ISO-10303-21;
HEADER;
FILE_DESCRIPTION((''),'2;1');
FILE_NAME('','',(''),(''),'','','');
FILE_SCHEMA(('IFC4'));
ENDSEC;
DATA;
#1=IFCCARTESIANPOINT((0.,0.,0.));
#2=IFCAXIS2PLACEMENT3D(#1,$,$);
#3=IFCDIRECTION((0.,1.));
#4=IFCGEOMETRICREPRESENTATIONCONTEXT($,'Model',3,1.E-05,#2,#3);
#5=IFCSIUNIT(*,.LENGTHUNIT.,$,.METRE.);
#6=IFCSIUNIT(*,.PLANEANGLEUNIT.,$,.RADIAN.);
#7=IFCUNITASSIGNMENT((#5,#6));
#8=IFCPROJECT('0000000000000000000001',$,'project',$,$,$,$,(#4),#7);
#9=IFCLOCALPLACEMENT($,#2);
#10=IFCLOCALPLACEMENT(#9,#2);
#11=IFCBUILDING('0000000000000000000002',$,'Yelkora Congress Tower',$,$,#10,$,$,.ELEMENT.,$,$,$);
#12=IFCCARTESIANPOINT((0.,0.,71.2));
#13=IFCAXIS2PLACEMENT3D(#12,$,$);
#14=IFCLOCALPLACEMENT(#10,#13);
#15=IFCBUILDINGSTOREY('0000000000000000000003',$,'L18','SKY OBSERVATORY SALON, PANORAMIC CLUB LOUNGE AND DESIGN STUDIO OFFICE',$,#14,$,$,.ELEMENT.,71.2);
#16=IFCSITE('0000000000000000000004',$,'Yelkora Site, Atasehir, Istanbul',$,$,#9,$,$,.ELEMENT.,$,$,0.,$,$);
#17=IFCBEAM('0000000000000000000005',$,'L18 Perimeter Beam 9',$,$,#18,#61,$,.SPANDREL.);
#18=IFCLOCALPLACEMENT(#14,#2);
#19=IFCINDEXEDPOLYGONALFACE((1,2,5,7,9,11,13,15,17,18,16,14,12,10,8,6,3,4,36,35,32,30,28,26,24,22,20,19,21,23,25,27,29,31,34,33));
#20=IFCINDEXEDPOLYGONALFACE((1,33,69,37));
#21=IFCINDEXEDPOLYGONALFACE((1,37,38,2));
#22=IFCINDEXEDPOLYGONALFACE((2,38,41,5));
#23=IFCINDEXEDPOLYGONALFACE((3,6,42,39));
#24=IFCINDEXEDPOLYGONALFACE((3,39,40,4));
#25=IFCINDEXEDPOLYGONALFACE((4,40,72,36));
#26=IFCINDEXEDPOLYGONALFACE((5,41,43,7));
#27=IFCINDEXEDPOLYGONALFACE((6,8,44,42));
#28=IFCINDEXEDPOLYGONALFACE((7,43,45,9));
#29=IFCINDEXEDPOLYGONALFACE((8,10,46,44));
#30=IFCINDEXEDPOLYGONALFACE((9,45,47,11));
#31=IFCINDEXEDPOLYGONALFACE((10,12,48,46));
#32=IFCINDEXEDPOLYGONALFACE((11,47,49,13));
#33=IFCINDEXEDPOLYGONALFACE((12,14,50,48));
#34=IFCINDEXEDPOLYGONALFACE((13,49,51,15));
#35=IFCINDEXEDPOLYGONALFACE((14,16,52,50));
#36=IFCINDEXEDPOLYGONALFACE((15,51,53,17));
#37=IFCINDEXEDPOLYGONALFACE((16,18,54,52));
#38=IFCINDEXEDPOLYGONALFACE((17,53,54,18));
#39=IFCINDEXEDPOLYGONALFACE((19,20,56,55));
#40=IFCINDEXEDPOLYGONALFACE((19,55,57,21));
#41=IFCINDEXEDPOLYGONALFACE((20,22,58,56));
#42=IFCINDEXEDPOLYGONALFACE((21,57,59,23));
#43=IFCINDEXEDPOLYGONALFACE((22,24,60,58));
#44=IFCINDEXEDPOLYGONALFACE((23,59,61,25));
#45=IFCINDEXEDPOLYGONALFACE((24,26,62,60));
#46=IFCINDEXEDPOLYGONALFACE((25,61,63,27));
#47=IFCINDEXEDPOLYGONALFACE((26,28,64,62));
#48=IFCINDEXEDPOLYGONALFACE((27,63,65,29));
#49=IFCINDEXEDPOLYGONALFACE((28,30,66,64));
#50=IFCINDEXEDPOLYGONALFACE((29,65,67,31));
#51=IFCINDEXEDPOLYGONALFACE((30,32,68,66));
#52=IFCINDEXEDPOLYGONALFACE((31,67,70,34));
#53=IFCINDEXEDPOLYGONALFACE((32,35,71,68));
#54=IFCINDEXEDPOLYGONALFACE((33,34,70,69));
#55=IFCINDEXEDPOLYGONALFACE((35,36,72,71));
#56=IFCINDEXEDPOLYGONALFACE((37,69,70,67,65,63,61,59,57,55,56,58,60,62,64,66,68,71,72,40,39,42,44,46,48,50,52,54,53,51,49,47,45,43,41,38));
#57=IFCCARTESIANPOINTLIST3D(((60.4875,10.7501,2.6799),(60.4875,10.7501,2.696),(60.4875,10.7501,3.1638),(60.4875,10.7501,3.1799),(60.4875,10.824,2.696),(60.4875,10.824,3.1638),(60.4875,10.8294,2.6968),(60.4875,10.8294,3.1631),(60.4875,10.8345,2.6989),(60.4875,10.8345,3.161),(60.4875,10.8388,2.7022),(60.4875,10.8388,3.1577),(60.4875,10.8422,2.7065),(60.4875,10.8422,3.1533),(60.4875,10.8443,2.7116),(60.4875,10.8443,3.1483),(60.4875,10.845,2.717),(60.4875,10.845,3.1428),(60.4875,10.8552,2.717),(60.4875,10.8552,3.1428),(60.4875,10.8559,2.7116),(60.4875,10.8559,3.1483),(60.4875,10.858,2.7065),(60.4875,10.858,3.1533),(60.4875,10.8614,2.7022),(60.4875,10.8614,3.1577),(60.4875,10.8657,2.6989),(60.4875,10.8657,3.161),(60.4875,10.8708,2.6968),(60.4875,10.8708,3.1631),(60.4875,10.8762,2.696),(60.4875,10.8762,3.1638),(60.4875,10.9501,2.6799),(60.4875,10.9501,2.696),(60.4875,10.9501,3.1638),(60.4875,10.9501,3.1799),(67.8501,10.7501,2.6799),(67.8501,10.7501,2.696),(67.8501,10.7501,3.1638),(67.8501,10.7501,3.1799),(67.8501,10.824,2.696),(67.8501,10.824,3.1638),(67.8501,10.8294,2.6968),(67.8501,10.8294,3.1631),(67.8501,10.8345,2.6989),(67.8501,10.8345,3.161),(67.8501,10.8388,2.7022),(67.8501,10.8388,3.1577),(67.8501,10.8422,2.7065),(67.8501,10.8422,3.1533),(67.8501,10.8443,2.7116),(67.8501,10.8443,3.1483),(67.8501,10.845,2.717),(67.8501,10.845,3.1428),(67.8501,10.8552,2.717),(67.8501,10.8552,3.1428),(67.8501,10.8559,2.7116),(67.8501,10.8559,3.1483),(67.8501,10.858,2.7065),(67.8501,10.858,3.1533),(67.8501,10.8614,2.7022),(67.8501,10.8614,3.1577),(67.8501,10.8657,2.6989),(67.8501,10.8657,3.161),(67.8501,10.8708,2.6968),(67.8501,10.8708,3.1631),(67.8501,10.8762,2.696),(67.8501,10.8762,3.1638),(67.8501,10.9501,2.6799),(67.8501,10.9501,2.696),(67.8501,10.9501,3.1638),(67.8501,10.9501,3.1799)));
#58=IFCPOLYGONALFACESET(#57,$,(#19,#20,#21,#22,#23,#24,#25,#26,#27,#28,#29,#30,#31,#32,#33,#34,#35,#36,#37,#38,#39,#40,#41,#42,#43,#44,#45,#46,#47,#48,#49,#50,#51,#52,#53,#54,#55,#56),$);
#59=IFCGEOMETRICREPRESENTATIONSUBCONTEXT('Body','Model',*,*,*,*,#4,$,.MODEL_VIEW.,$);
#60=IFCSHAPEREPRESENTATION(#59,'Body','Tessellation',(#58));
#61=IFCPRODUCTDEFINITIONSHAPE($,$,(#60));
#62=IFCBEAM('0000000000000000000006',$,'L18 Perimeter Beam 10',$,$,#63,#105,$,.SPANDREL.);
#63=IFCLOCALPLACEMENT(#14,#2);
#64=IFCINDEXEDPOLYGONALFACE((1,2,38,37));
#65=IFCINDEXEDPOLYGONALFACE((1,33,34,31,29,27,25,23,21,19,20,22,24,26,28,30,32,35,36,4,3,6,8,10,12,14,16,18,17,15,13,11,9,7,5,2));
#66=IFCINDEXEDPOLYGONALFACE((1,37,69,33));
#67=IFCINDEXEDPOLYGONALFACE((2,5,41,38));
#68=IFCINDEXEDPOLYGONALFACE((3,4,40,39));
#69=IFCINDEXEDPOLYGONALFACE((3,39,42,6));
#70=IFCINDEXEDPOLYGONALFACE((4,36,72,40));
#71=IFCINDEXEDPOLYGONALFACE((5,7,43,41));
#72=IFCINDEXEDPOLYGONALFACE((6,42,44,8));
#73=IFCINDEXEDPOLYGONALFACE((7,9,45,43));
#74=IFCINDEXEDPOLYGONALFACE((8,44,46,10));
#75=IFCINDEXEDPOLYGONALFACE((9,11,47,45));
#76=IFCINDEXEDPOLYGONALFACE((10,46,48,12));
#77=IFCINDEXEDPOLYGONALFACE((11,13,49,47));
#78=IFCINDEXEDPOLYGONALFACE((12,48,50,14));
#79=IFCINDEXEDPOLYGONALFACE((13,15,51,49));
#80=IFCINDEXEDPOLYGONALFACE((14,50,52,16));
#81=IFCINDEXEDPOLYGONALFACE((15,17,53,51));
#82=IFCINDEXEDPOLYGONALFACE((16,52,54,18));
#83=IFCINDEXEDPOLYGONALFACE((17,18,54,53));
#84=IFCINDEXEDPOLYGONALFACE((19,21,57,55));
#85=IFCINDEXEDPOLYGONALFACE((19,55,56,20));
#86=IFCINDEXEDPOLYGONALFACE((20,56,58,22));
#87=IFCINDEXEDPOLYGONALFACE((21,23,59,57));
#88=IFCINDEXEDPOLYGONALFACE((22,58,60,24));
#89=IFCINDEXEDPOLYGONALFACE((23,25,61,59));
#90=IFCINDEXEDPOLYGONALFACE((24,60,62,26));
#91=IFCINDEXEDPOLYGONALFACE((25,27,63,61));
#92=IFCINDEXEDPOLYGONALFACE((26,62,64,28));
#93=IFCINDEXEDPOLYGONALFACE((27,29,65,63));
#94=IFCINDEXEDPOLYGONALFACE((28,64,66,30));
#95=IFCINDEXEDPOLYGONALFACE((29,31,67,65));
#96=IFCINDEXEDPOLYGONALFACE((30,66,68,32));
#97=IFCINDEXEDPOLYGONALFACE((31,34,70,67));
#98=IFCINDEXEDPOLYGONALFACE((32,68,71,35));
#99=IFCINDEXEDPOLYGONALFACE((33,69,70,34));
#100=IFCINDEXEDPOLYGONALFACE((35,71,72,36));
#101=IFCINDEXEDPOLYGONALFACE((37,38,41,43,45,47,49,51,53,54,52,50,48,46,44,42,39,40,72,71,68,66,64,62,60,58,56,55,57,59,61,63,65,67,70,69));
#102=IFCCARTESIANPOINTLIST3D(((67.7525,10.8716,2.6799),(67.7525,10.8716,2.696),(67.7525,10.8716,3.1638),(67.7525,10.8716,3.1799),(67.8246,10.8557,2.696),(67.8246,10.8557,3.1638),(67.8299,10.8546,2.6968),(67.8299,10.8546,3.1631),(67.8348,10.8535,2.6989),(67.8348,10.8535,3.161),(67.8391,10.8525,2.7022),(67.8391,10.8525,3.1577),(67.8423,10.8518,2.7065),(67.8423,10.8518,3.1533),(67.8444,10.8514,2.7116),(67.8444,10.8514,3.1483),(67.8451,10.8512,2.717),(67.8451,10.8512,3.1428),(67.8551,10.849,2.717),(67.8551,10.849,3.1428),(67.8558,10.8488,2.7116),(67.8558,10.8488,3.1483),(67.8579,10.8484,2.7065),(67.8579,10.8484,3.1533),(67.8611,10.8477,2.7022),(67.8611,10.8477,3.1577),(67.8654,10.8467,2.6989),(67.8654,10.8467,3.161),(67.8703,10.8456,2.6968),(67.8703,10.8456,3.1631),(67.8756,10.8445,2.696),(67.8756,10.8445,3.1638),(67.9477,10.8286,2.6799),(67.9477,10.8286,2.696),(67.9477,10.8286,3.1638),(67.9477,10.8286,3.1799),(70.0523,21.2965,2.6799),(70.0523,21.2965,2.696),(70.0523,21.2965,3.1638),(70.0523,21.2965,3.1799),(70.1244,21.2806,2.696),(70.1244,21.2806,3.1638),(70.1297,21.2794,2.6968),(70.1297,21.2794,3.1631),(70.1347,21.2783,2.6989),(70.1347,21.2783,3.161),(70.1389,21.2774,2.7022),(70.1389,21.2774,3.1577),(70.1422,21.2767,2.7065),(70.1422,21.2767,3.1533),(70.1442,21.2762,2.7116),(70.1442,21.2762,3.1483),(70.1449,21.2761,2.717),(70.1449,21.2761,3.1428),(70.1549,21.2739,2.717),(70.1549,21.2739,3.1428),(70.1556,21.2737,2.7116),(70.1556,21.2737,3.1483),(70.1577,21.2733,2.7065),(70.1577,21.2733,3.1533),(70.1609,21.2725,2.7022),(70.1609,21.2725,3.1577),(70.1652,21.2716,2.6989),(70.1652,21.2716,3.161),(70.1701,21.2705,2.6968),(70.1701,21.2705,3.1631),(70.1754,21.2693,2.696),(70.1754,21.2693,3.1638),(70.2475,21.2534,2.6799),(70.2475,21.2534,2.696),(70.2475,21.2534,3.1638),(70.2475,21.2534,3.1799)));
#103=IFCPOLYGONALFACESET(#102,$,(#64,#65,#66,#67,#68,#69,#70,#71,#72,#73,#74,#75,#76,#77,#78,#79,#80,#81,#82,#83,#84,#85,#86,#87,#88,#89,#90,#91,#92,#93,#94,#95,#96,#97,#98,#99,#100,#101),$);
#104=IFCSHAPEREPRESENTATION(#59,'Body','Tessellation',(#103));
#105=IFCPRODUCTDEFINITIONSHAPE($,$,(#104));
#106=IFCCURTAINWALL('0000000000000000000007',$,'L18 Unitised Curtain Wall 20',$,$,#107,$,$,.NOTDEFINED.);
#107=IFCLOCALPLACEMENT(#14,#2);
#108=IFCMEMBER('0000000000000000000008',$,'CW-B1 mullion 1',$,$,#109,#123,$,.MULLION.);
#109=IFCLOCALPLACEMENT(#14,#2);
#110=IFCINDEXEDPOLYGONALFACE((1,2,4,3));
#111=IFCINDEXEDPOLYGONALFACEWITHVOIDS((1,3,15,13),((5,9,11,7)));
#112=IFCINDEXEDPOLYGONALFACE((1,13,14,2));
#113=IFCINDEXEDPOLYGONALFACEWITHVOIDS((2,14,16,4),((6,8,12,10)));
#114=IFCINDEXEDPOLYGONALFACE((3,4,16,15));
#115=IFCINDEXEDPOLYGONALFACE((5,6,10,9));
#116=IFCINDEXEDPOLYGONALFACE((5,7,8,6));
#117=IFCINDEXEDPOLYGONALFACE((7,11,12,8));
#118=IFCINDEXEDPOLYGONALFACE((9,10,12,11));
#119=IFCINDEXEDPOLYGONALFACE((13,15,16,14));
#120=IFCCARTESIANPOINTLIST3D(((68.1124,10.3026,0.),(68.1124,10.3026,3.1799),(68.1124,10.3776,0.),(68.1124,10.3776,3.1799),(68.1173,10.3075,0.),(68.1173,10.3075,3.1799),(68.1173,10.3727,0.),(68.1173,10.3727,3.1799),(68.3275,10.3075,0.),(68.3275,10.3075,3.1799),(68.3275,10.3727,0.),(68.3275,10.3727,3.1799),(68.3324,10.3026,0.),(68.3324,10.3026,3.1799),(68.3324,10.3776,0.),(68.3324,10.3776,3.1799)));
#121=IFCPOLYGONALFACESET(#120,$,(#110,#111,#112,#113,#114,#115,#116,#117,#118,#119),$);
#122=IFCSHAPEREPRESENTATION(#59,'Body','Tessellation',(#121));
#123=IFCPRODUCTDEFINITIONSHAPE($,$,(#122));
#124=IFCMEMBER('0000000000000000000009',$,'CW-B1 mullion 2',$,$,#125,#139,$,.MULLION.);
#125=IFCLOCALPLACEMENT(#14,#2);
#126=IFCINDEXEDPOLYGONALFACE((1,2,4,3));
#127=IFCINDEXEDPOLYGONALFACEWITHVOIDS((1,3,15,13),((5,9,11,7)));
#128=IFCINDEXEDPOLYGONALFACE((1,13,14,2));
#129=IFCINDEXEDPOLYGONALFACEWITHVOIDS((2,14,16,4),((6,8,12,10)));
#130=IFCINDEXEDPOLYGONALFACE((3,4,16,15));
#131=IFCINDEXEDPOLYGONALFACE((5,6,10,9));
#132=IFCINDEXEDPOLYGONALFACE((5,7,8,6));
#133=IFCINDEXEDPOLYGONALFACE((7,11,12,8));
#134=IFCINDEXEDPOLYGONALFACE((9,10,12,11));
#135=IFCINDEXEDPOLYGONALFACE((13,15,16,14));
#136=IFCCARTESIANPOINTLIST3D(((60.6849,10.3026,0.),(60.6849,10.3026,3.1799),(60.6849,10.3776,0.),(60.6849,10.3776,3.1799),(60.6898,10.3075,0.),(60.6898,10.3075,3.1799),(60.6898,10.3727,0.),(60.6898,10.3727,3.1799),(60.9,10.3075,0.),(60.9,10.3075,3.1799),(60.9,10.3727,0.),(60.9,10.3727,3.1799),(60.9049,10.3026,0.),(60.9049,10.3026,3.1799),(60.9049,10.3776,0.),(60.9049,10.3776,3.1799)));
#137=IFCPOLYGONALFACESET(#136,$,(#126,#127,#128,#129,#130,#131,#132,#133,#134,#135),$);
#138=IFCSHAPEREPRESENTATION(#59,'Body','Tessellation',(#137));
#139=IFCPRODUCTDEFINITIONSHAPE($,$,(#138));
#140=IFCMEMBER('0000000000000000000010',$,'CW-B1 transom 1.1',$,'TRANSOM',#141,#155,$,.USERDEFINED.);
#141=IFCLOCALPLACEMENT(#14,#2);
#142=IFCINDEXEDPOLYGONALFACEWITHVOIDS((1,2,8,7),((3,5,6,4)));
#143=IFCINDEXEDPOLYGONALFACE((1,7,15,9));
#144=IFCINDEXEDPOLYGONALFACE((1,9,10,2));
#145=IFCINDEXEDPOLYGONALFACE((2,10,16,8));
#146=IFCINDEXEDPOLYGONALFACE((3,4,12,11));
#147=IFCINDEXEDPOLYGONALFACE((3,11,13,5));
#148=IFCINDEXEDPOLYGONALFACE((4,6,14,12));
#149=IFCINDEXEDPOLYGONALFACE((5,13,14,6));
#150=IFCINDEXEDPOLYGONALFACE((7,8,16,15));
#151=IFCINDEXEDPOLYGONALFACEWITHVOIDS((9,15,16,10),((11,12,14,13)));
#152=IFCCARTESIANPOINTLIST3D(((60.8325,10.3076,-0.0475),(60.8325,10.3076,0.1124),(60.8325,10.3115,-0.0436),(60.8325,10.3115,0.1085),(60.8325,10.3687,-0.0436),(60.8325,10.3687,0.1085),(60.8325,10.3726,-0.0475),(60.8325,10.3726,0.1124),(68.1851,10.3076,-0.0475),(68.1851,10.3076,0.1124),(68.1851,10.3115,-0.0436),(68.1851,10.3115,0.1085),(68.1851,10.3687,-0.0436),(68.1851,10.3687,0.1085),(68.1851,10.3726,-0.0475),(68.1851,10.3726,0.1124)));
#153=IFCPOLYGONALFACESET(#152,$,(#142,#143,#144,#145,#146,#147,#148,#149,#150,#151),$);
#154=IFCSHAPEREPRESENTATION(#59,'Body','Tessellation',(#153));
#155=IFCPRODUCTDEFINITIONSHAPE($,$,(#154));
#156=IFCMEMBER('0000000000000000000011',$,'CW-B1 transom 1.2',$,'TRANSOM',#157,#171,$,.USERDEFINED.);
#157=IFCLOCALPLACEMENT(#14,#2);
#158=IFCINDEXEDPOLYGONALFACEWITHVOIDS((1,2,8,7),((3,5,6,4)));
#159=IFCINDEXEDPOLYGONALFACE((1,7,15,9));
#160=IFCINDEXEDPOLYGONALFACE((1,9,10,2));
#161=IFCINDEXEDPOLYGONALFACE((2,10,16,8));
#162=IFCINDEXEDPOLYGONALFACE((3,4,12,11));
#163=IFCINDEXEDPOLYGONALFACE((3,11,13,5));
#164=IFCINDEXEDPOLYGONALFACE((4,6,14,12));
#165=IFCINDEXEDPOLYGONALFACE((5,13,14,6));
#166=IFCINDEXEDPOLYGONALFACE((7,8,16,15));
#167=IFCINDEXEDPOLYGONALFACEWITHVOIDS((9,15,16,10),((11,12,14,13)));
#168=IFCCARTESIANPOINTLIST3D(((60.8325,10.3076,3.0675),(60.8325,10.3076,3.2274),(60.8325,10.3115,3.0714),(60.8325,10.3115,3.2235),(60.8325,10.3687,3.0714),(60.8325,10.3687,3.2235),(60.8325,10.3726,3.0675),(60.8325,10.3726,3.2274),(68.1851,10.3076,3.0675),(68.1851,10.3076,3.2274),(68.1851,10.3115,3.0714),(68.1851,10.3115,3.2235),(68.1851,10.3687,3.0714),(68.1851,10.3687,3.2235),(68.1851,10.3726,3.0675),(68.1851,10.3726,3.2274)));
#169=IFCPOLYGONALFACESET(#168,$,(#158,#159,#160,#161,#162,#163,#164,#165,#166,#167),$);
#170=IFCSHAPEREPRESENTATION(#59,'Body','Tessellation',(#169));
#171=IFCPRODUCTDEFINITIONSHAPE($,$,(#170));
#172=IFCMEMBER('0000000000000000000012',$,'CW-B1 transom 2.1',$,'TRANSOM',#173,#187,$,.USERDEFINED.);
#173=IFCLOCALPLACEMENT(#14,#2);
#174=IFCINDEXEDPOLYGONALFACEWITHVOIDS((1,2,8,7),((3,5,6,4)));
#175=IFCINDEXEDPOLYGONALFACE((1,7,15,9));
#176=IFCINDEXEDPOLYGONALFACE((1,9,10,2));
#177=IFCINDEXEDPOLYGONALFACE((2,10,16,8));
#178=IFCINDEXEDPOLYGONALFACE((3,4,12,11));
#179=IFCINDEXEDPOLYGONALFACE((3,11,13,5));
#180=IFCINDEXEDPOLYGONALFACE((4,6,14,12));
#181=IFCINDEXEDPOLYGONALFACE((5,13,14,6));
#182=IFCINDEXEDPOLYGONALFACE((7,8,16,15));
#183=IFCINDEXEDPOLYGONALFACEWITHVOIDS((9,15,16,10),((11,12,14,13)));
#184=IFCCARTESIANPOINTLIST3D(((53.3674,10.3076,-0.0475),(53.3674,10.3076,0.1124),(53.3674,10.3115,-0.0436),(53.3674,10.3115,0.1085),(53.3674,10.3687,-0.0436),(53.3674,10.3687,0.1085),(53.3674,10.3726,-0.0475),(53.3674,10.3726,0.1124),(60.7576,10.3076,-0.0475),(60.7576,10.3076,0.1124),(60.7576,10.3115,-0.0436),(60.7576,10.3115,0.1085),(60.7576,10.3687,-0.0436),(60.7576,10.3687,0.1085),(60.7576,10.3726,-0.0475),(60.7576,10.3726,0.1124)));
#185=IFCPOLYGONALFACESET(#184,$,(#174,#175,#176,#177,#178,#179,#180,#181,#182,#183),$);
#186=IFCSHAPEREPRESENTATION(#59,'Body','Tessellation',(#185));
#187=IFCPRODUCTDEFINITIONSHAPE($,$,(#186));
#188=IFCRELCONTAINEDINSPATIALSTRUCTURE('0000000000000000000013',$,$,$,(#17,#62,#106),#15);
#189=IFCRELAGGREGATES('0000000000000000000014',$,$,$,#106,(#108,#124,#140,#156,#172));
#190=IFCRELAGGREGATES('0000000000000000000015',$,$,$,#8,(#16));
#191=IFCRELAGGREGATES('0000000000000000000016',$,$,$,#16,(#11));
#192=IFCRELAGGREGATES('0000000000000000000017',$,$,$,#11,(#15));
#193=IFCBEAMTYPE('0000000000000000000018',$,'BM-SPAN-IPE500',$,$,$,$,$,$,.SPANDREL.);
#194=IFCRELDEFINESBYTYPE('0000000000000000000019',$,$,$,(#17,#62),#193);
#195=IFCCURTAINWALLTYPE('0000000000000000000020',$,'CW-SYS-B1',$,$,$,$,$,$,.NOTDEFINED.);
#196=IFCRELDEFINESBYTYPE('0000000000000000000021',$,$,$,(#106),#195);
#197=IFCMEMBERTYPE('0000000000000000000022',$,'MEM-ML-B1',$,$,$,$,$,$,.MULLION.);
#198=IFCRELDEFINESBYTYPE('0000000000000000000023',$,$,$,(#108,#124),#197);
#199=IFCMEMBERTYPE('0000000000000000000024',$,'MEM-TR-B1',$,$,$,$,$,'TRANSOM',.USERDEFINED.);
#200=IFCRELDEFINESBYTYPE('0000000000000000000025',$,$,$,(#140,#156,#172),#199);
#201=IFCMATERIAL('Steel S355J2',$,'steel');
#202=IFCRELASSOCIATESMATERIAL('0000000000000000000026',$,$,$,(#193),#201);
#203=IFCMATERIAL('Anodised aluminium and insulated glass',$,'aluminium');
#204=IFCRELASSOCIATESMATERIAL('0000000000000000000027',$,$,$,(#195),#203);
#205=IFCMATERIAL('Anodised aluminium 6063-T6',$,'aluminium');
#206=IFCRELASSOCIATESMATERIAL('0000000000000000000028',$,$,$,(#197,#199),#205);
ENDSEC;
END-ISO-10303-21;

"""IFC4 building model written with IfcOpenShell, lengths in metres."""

from ifc_helpers import new_model, si_unit, direction, frame, origin, origin_2d, place, context, subcontext, project, spatial, hollow_rectangle, i_section, extrude, material, material_profile, profile_set, type_object, element, aggregate, save


model = new_model("IFC4")

# Units and contexts
model_context = context("Model", 3, precision=1e-05, world=origin(), true_north=direction((0.0, 1.0)))
body_context = subcontext(model_context, "Body", "Model", "MODEL_VIEW")
ifc_project = project(units=[si_unit("LENGTHUNIT", "METRE"), si_unit("PLANEANGLEUNIT", "RADIAN")], contexts=[model_context])

# Site, building, storey
site_placement = place(None, origin())
site = spatial("IfcSite", under=ifc_project, at=site_placement, Name="Yelkora Site, Atasehir, Istanbul", CompositionType="ELEMENT", RefElevation=0.0)
building_placement = place(site_placement, origin())
building = spatial("IfcBuilding", under=site, at=building_placement, Name="Yelkora Congress Tower", CompositionType="ELEMENT")
storey_placement = place(building_placement, frame((0.0, 0.0, 71.2)))
storey = spatial("IfcBuildingStorey", under=building, at=storey_placement, Name="L18", Description="SKY OBSERVATORY SALON, PANORAMIC CLUB LOUNGE AND DESIGN STUDIO OFFICE", CompositionType="ELEMENT", Elevation=71.2)

# Beams
ifc_material_1 = material(Name="Steel S355J2", Category="steel")
ifc_material_profile_1 = material_profile(ifc_material_1, i_section(OverallWidth=0.2, OverallDepth=0.5, WebThickness=0.0103, FlangeThickness=0.0161, FilletRadius=0.021, at=origin_2d()), Name="IPE 500")
ifc_profile_set_1 = profile_set([ifc_material_profile_1], Name="Steel S355J2")
beam_type_1 = type_object("IfcBeamType", Name="BM-SPAN-IPE500", PredefinedType="SPANDREL", material=ifc_profile_set_1)
beam_1_placement = place(storey_placement, frame((60.4875, 10.8501, 2.9299), z_axis=(1.0, 0.0, 0.0), x_axis=(0.0, 1.0, 0.0)))
element("IfcBeam", 1, at=beam_1_placement, inside=storey, type_object=beam_type_1, Name="L18 Perimeter Beam 9", PredefinedType="SPANDREL", context=body_context, shape_type="SweptSolid", body=[
    extrude(i_section(OverallWidth=0.2, OverallDepth=0.5, WebThickness=0.0103, FlangeThickness=0.0161, FilletRadius=0.021, at=origin_2d()), origin(), (0.0, 0.0, 1.0), 7.3625),
])
beam_2_placement = place(storey_placement, frame((67.8501, 10.8501, 2.9299), z_axis=(0.215429, 0.97652, 0.0), x_axis=(-0.97652, 0.215429, 0.0)))
element("IfcBeam", 2, at=beam_2_placement, inside=storey, type_object=beam_type_1, Name="L18 Perimeter Beam 10", PredefinedType="SPANDREL", context=body_context, shape_type="SweptSolid", body=[
    extrude(i_section(OverallWidth=0.2, OverallDepth=0.5, WebThickness=0.0103, FlangeThickness=0.0161, FilletRadius=0.021, at=origin_2d()), origin(), (0.0, 0.0, 1.0), 10.6755),
])

# Curtain wall, members
ifc_material_2 = material(Name="Anodised aluminium and insulated glass", Category="aluminium")
curtain_wall_type = type_object("IfcCurtainWallType", Name="CW-SYS-B1", PredefinedType="NOTDEFINED", material=ifc_material_2)
curtain_wall_placement = place(storey_placement, origin())
curtain_wall = element("IfcCurtainWall", 3, at=curtain_wall_placement, inside=storey, type_object=curtain_wall_type, Name="L18 Unitised Curtain Wall 20", PredefinedType="NOTDEFINED")
ifc_material_3 = material(Name="Anodised aluminium 6063-T6", Category="aluminium")
ifc_material_profile_2 = material_profile(ifc_material_3, hollow_rectangle(XDim=0.075, YDim=0.22, WallThickness=0.0049, at=origin_2d()), Name="ALU 75x220x5")
ifc_profile_set_2 = profile_set([ifc_material_profile_2], Name="Anodised aluminium 6063-T6")
member_type_1 = type_object("IfcMemberType", Name="MEM-ML-B1", PredefinedType="MULLION", material=ifc_profile_set_2)
member_1_placement = place(storey_placement, frame((68.2224, 10.3401, 0.0), z_axis=(0.0, 0.0, 1.0), x_axis=(0.0, -1.0, 0.0)))
member_1 = element("IfcMember", 4, at=member_1_placement, type_object=member_type_1, Name="CW-B1 mullion 1", PredefinedType="MULLION", context=body_context, shape_type="SweptSolid", body=[
    extrude(hollow_rectangle(XDim=0.075, YDim=0.22, WallThickness=0.0049, at=origin_2d()), origin(), (0.0, 0.0, 1.0), 3.1799),
])
member_2_placement = place(storey_placement, frame((60.7949, 10.3401, 0.0), z_axis=(0.0, 0.0, 1.0), x_axis=(0.0, -1.0, 0.0)))
member_2 = element("IfcMember", 5, at=member_2_placement, type_object=member_type_1, Name="CW-B1 mullion 2", PredefinedType="MULLION", context=body_context, shape_type="SweptSolid", body=[
    extrude(hollow_rectangle(XDim=0.075, YDim=0.22, WallThickness=0.0049, at=origin_2d()), origin(), (0.0, 0.0, 1.0), 3.1799),
])
ifc_material_profile_3 = material_profile(ifc_material_3, hollow_rectangle(XDim=0.0649, YDim=0.1599, WallThickness=0.0039, at=origin_2d()), Name="ALU 65x160x4")
ifc_profile_set_3 = profile_set([ifc_material_profile_3], Name="Anodised aluminium 6063-T6")
member_type_2 = type_object("IfcMemberType", Name="MEM-TR-B1", ElementType="TRANSOM", PredefinedType="USERDEFINED", material=ifc_profile_set_3)
member_3_placement = place(storey_placement, frame((68.1851, 10.3401, 0.0325), z_axis=(-1.0, 0.0, 0.0), x_axis=(0.0, -1.0, 0.0)))
member_3 = element("IfcMember", 6, at=member_3_placement, type_object=member_type_2, Name="CW-B1 transom 1.1", ObjectType="TRANSOM", PredefinedType="USERDEFINED", context=body_context, shape_type="SweptSolid", body=[
    extrude(hollow_rectangle(XDim=0.0649, YDim=0.1599, WallThickness=0.0039, at=origin_2d()), origin(), (0.0, 0.0, 1.0), 7.3525),
])
member_4_placement = place(storey_placement, frame((68.1851, 10.3401, 3.1475), z_axis=(-1.0, 0.0, 0.0), x_axis=(0.0, -1.0, 0.0)))
member_4 = element("IfcMember", 7, at=member_4_placement, type_object=member_type_2, Name="CW-B1 transom 1.2", ObjectType="TRANSOM", PredefinedType="USERDEFINED", context=body_context, shape_type="SweptSolid", body=[
    extrude(hollow_rectangle(XDim=0.0649, YDim=0.1599, WallThickness=0.0039, at=origin_2d()), origin(), (0.0, 0.0, 1.0), 7.3525),
])
member_5_placement = place(storey_placement, frame((60.7576, 10.3401, 0.0325), z_axis=(-1.0, 0.0, 0.0), x_axis=(0.0, -1.0, 0.0)))
member_5 = element("IfcMember", 8, at=member_5_placement, type_object=member_type_2, Name="CW-B1 transom 2.1", ObjectType="TRANSOM", PredefinedType="USERDEFINED", context=body_context, shape_type="SweptSolid", body=[
    extrude(hollow_rectangle(XDim=0.0649, YDim=0.1599, WallThickness=0.0039, at=origin_2d()), origin(), (0.0, 0.0, 1.0), 7.3901),
])
aggregate(curtain_wall, [member_1, member_2, member_3, member_4, member_5])

save(model, "model.ifc")
